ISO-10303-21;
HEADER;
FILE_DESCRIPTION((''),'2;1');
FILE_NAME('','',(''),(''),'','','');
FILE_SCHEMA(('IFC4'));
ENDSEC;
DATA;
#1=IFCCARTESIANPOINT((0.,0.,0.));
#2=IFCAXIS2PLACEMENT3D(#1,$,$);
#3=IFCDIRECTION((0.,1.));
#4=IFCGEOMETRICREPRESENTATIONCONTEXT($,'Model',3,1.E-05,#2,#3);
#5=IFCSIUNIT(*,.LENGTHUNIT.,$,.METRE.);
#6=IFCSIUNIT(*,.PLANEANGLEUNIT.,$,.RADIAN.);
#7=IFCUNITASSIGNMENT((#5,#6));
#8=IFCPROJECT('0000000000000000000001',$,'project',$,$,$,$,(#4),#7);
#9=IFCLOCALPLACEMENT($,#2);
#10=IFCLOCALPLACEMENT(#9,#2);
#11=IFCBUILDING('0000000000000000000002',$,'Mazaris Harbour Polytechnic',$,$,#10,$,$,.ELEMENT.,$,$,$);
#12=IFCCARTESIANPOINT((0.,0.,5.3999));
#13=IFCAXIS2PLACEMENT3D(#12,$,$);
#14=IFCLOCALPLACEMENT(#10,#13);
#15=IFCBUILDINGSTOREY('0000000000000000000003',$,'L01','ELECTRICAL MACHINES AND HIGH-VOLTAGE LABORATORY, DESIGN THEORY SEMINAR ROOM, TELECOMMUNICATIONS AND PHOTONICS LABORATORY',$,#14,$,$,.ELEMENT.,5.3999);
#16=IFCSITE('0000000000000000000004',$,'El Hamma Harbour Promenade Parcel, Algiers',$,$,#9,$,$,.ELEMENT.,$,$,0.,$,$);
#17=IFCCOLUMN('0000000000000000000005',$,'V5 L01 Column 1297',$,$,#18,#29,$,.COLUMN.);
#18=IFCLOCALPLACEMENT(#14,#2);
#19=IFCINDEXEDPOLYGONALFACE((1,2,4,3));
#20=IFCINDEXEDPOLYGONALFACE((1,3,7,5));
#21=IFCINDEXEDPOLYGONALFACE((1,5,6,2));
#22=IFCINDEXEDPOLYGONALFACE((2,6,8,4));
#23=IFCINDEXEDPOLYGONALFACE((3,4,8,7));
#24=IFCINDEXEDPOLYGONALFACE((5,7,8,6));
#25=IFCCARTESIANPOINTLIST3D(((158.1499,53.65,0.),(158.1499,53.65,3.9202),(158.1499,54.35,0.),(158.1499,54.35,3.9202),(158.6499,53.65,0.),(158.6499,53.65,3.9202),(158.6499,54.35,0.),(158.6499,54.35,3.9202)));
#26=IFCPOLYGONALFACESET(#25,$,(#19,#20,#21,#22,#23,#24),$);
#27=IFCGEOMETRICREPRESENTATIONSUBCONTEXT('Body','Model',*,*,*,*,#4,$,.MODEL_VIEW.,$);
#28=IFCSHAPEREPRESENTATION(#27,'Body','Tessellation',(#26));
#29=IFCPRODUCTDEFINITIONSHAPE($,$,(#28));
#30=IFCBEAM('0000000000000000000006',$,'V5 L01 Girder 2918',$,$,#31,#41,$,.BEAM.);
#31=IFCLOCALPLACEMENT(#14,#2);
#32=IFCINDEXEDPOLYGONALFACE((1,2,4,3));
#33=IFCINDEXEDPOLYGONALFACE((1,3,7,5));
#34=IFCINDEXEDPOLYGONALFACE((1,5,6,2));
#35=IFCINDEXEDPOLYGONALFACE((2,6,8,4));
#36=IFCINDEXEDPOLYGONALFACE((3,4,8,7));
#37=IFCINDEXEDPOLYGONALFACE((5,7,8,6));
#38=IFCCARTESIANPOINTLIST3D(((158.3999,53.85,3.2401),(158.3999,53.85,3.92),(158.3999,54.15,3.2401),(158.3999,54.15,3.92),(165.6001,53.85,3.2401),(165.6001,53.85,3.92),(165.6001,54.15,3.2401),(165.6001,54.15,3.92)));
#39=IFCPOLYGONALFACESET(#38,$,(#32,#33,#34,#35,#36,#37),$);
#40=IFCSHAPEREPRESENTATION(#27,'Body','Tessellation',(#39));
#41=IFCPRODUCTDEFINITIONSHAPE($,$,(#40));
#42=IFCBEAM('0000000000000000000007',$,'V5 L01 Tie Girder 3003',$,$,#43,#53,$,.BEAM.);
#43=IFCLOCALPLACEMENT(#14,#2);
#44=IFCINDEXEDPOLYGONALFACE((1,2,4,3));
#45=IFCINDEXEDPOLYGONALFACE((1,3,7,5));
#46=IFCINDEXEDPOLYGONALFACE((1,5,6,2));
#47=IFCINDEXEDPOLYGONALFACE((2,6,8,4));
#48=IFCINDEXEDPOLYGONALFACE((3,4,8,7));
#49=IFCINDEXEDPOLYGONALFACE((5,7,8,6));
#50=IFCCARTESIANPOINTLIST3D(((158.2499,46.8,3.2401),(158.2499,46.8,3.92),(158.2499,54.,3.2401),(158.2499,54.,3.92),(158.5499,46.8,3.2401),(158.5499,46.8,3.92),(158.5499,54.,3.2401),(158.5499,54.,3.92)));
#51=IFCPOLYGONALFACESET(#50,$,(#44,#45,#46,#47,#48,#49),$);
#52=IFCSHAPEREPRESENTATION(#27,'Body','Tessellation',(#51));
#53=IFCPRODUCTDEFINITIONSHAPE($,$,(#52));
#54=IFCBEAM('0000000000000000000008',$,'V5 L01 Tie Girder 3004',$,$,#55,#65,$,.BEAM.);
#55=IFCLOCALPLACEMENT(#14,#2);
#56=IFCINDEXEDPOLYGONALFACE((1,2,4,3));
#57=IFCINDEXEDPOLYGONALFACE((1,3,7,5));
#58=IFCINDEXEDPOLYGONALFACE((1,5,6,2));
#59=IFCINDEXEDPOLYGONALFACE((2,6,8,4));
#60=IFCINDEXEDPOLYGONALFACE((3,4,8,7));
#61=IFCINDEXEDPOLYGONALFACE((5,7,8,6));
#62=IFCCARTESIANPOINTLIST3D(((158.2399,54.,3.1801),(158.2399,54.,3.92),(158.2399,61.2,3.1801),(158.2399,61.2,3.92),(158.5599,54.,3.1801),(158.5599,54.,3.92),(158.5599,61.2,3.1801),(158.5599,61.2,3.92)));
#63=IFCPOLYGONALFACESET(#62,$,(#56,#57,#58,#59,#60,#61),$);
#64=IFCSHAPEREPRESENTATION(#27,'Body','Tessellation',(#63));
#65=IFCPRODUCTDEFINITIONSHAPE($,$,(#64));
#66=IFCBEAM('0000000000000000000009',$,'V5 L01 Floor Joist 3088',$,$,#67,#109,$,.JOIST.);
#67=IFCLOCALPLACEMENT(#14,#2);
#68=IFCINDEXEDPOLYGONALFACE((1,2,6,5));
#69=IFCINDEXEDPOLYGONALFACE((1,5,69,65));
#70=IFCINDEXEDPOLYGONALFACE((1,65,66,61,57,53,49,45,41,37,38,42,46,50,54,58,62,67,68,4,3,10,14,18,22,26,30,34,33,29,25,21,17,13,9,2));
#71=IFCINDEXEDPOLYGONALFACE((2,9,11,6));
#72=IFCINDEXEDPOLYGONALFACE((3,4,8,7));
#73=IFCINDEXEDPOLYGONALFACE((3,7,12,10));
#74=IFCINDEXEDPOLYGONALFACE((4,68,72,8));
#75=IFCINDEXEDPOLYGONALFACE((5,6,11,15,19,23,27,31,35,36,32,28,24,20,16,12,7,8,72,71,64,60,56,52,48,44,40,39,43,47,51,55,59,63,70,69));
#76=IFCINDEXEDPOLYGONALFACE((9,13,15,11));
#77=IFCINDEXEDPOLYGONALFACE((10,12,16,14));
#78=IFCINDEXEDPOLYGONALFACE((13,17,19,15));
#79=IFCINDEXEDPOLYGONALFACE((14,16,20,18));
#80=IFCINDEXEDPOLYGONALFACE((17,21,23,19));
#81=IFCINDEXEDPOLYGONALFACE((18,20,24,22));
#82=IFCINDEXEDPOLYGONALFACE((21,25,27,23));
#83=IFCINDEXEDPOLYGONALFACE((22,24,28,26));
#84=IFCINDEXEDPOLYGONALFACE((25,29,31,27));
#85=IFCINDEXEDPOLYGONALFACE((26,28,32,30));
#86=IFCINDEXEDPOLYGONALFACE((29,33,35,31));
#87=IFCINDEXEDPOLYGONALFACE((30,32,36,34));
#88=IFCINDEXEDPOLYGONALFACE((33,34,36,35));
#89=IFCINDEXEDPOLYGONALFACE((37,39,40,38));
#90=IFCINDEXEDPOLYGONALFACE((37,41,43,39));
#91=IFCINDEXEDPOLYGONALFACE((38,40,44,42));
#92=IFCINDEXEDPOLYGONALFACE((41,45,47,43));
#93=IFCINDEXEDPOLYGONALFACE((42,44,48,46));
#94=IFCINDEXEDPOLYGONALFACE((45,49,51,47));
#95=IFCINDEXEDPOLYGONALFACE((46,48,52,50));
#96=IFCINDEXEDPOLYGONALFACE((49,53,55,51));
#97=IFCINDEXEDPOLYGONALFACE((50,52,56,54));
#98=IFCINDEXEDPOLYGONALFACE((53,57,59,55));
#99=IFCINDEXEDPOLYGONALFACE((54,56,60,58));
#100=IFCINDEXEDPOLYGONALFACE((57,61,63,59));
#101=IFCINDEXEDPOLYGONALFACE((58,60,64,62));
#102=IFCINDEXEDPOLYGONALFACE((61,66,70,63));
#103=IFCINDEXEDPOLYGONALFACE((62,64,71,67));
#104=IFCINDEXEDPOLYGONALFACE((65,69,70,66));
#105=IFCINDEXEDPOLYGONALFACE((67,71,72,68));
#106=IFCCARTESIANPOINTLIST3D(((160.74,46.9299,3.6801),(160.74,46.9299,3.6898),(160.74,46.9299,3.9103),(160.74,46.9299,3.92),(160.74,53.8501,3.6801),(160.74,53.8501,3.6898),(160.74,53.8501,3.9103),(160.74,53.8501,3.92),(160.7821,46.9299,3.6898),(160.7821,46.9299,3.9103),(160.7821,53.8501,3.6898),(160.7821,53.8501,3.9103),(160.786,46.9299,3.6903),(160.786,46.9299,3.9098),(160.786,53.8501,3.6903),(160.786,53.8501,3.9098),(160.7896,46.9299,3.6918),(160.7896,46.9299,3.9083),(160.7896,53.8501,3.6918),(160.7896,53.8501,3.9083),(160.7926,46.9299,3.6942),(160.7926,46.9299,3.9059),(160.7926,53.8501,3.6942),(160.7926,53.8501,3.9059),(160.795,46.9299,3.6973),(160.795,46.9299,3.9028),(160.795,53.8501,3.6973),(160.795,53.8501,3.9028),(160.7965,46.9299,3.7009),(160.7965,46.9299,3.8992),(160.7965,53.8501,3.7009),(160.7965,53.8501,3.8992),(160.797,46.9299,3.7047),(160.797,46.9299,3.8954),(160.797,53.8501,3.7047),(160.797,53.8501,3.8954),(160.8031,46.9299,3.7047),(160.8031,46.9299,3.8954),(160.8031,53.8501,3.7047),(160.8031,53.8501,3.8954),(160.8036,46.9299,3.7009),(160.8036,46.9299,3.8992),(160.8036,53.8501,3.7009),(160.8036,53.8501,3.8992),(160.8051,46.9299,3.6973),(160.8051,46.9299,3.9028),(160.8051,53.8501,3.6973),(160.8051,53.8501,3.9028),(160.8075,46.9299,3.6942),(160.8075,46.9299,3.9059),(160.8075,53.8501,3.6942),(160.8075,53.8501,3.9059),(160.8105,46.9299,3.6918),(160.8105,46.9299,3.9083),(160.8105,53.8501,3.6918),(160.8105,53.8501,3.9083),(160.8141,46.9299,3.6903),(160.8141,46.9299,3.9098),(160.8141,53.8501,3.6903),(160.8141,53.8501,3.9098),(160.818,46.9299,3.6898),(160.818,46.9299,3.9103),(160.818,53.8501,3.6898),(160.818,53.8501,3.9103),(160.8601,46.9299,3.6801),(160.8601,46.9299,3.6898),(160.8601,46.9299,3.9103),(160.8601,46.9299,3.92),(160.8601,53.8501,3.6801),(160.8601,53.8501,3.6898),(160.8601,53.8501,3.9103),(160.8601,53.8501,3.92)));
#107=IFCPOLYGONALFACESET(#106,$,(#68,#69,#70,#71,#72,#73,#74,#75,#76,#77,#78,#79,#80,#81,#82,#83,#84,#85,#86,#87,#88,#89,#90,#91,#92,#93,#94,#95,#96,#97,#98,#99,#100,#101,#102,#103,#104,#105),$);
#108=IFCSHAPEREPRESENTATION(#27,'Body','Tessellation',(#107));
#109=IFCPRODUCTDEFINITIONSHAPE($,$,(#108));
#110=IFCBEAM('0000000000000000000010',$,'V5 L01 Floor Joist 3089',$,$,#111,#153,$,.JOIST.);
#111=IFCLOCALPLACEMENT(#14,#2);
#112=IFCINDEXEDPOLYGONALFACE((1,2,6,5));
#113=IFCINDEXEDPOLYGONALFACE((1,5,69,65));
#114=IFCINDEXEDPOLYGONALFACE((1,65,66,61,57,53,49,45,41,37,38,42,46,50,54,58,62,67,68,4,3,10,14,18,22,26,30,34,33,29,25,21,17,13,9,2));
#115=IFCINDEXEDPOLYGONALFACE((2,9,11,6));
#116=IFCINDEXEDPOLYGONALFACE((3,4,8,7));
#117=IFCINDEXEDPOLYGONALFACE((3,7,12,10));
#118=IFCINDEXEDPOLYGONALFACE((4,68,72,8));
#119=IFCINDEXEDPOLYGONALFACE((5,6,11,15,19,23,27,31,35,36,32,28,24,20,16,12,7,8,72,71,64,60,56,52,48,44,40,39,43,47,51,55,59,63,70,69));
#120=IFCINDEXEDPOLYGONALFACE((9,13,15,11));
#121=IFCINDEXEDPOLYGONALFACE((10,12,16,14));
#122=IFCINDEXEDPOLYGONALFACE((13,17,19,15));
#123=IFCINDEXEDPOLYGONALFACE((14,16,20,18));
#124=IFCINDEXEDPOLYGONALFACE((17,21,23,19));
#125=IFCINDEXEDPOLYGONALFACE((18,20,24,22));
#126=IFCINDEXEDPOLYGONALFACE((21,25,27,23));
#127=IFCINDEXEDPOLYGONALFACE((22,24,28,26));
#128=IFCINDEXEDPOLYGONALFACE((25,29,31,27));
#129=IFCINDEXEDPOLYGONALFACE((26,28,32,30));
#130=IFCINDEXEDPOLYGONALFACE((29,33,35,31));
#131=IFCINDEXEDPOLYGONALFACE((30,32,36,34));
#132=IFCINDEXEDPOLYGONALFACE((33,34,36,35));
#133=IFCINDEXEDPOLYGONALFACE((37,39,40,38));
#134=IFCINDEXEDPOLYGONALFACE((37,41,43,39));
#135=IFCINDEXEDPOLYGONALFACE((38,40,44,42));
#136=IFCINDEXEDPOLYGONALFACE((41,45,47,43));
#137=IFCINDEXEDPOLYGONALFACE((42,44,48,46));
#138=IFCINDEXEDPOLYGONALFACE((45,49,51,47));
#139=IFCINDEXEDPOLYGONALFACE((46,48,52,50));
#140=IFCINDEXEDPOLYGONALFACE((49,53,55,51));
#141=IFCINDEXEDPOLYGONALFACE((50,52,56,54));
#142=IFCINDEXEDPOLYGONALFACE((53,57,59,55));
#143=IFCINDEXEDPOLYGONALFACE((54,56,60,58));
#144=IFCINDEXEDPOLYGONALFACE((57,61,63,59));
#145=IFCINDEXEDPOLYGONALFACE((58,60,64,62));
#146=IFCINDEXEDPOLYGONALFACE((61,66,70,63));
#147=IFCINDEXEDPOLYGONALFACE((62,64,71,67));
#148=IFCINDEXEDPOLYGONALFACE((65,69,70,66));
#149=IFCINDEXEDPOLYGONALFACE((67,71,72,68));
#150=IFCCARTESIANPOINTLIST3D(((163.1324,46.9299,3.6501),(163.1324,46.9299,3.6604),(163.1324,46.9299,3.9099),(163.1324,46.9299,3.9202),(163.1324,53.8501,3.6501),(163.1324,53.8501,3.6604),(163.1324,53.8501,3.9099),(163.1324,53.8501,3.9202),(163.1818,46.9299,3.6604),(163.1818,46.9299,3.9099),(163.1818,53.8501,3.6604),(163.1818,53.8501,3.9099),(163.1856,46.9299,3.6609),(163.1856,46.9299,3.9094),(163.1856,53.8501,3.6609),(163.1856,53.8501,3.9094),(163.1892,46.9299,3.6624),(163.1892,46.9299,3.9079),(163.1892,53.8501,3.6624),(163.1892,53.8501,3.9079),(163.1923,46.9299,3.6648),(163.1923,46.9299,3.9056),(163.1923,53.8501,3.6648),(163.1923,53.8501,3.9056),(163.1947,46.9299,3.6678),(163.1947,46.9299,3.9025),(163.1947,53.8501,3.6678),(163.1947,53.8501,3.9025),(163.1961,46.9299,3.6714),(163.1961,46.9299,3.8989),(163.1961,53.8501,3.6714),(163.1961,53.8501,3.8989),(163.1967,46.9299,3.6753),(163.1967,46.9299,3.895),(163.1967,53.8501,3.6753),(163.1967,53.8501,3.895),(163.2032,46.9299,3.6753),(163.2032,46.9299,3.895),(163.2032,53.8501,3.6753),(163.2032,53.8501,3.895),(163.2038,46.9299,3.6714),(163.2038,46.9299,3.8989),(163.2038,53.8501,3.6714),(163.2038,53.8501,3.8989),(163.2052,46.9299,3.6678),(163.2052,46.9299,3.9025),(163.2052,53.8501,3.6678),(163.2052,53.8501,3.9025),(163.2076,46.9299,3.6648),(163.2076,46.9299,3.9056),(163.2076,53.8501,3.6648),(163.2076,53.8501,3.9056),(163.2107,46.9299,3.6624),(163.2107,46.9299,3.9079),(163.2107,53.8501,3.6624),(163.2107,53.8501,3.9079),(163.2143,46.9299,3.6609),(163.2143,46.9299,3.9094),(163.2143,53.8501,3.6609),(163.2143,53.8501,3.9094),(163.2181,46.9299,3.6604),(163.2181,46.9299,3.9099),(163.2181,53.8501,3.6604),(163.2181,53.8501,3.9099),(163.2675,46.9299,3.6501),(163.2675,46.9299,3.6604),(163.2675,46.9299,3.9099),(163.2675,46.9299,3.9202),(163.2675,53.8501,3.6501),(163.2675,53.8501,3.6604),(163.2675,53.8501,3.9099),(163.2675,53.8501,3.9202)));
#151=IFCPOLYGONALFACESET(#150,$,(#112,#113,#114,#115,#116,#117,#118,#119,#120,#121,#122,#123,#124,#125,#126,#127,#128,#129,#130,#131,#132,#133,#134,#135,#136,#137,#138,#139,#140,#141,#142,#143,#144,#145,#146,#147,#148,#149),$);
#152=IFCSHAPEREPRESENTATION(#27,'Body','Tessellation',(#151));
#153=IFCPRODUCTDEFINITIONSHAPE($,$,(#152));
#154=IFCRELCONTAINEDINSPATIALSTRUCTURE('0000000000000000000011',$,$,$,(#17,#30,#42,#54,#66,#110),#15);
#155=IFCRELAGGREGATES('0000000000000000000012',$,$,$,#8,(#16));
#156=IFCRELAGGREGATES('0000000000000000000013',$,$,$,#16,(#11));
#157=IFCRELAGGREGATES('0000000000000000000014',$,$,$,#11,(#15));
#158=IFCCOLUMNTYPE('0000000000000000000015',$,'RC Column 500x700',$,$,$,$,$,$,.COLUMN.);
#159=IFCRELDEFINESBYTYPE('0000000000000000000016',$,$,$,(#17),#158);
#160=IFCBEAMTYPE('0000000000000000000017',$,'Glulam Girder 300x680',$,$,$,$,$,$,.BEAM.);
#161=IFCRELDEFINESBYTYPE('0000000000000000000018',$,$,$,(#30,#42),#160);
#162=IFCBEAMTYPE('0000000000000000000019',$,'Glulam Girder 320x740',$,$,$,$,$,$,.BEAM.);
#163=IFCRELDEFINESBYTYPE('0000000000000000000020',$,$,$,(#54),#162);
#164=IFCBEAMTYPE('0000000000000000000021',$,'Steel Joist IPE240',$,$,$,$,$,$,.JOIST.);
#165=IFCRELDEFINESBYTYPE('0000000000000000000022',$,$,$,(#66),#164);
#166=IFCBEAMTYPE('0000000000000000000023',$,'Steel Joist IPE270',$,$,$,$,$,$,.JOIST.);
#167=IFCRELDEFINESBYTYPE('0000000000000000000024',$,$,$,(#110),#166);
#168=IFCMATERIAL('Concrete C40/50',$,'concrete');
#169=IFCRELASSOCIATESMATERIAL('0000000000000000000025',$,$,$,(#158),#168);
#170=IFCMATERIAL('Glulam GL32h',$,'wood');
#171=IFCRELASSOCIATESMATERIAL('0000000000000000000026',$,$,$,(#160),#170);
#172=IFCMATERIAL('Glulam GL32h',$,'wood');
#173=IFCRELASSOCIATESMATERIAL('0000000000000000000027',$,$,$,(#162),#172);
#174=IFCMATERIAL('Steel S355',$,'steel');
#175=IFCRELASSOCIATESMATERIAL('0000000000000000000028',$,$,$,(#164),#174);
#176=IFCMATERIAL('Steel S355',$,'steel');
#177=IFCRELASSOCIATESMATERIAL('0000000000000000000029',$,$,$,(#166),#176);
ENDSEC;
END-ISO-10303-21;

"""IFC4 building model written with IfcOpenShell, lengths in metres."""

from ifc_helpers import new_model, si_unit, direction, frame, origin, origin_2d, place, context, subcontext, project, spatial, rectangle, i_section, extrude, material, material_profile, profile_set, type_object, element, save


model = new_model("IFC4")

# Units and contexts
model_context = context("Model", 3, precision=1e-05, world=origin(), true_north=direction((0.0, 1.0)))
body_context = subcontext(model_context, "Body", "Model", "MODEL_VIEW")
ifc_project = project(units=[si_unit("LENGTHUNIT", "METRE"), si_unit("PLANEANGLEUNIT", "RADIAN")], contexts=[model_context])

# Site, building, storey
site_placement = place(None, origin())
site = spatial("IfcSite", under=ifc_project, at=site_placement, Name="El Hamma Harbour Promenade Parcel, Algiers", CompositionType="ELEMENT", RefElevation=0.0)
building_placement = place(site_placement, origin())
building = spatial("IfcBuilding", under=site, at=building_placement, Name="Mazaris Harbour Polytechnic", CompositionType="ELEMENT")
storey_placement = place(building_placement, frame((0.0, 0.0, 5.3999)))
storey = spatial("IfcBuildingStorey", under=building, at=storey_placement, Name="L01", Description="ELECTRICAL MACHINES AND HIGH-VOLTAGE LABORATORY, DESIGN THEORY SEMINAR ROOM, TELECOMMUNICATIONS AND PHOTONICS LABORATORY", CompositionType="ELEMENT", Elevation=5.3999)

# Column
ifc_material_1 = material(Name="Concrete C40/50", Category="concrete")
ifc_material_profile_1 = material_profile(ifc_material_1, rectangle(XDim=0.5, YDim=0.7, at=origin_2d()), Name="RECT500x700")
ifc_profile_set_1 = profile_set([ifc_material_profile_1], Name="Concrete C40/50")
column_type = type_object("IfcColumnType", Name="RC Column 500x700", PredefinedType="COLUMN", material=ifc_profile_set_1)
column_placement = place(storey_placement, frame((158.3999, 54.0, 0.0), z_axis=(0.0, 0.0, 1.0), x_axis=(1.0, 0.0, 0.0)))
element("IfcColumn", 1, at=column_placement, inside=storey, type_object=column_type, Name="V5 L01 Column 1297", PredefinedType="COLUMN", context=body_context, shape_type="SweptSolid", body=[
    extrude(rectangle(XDim=0.5, YDim=0.7, at=origin_2d()), origin(), (0.0, 0.0, 1.0), 3.9202),
])

# Beams
ifc_material_2 = material(Name="Glulam GL32h", Category="wood")
ifc_material_profile_2 = material_profile(ifc_material_2, rectangle(XDim=0.3, YDim=0.6799, at=origin_2d()), Name="RECT300x680")
ifc_profile_set_2 = profile_set([ifc_material_profile_2], Name="Glulam GL32h")
beam_type_1 = type_object("IfcBeamType", Name="Glulam Girder 300x680", PredefinedType="BEAM", material=ifc_profile_set_2)
beam_1_placement = place(storey_placement, frame((158.3999, 54.0, 3.5801), z_axis=(1.0, 0.0, 0.0), x_axis=(0.0, 1.0, 0.0)))
element("IfcBeam", 2, at=beam_1_placement, inside=storey, type_object=beam_type_1, Name="V5 L01 Girder 2918", PredefinedType="BEAM", context=body_context, shape_type="SweptSolid", body=[
    extrude(rectangle(XDim=0.3, YDim=0.6799, at=origin_2d()), origin(), (0.0, 0.0, 1.0), 7.2002),
])
beam_2_placement = place(storey_placement, frame((158.3999, 46.8, 3.5801), z_axis=(0.0, 1.0, 0.0), x_axis=(-1.0, 0.0, 0.0)))
element("IfcBeam", 3, at=beam_2_placement, inside=storey, type_object=beam_type_1, Name="V5 L01 Tie Girder 3003", PredefinedType="BEAM", context=body_context, shape_type="SweptSolid", body=[
    extrude(rectangle(XDim=0.3, YDim=0.6799, at=origin_2d()), origin(), (0.0, 0.0, 1.0), 7.2),
])
ifc_material_3 = material(Name="Glulam GL32h", Category="wood")
ifc_material_profile_3 = material_profile(ifc_material_3, rectangle(XDim=0.3201, YDim=0.74, at=origin_2d()), Name="RECT320x740")
ifc_profile_set_3 = profile_set([ifc_material_profile_3], Name="Glulam GL32h")
beam_type_2 = type_object("IfcBeamType", Name="Glulam Girder 320x740", PredefinedType="BEAM", material=ifc_profile_set_3)
beam_3_placement = place(storey_placement, frame((158.3999, 54.0, 3.55), z_axis=(0.0, 1.0, 0.0), x_axis=(-1.0, 0.0, 0.0)))
element("IfcBeam", 4, at=beam_3_placement, inside=storey, type_object=beam_type_2, Name="V5 L01 Tie Girder 3004", PredefinedType="BEAM", context=body_context, shape_type="SweptSolid", body=[
    extrude(rectangle(XDim=0.3201, YDim=0.74, at=origin_2d()), origin(), (0.0, 0.0, 1.0), 7.2),
])
ifc_material_4 = material(Name="Steel S355", Category="steel")
ifc_material_profile_4 = material_profile(ifc_material_4, i_section(OverallWidth=0.1201, OverallDepth=0.24, WebThickness=0.0061, FlangeThickness=0.0098, FilletRadius=0.0149, at=origin_2d()), Name="IPE 240")
ifc_profile_set_4 = profile_set([ifc_material_profile_4], Name="Steel S355")
beam_type_3 = type_object("IfcBeamType", Name="Steel Joist IPE240", PredefinedType="JOIST", material=ifc_profile_set_4)
beam_4_placement = place(storey_placement, frame((160.8, 46.9299, 3.8), z_axis=(0.0, 1.0, 0.0), x_axis=(-1.0, 0.0, 0.0)))
element("IfcBeam", 5, at=beam_4_placement, inside=storey, type_object=beam_type_3, Name="V5 L01 Floor Joist 3088", PredefinedType="JOIST", context=body_context, shape_type="SweptSolid", body=[
    extrude(i_section(OverallWidth=0.1201, OverallDepth=0.24, WebThickness=0.0061, FlangeThickness=0.0098, FilletRadius=0.0149, at=origin_2d()), origin(), (0.0, 0.0, 1.0), 6.9202),
])
ifc_material_5 = material(Name="Steel S355", Category="steel")
ifc_material_profile_5 = material_profile(ifc_material_5, i_section(OverallWidth=0.135, OverallDepth=0.27, WebThickness=0.0066, FlangeThickness=0.0103, FilletRadius=0.0149, at=origin_2d()), Name="IPE 270")
ifc_profile_set_5 = profile_set([ifc_material_profile_5], Name="Steel S355")
beam_type_4 = type_object("IfcBeamType", Name="Steel Joist IPE270", PredefinedType="JOIST", material=ifc_profile_set_5)
beam_5_placement = place(storey_placement, frame((163.2, 46.9299, 3.7852), z_axis=(0.0, 1.0, 0.0), x_axis=(-1.0, 0.0, 0.0)))
element("IfcBeam", 6, at=beam_5_placement, inside=storey, type_object=beam_type_4, Name="V5 L01 Floor Joist 3089", PredefinedType="JOIST", context=body_context, shape_type="SweptSolid", body=[
    extrude(i_section(OverallWidth=0.135, OverallDepth=0.27, WebThickness=0.0066, FlangeThickness=0.0103, FilletRadius=0.0149, at=origin_2d()), origin(), (0.0, 0.0, 1.0), 6.9202),
])

save(model, "model.ifc")
